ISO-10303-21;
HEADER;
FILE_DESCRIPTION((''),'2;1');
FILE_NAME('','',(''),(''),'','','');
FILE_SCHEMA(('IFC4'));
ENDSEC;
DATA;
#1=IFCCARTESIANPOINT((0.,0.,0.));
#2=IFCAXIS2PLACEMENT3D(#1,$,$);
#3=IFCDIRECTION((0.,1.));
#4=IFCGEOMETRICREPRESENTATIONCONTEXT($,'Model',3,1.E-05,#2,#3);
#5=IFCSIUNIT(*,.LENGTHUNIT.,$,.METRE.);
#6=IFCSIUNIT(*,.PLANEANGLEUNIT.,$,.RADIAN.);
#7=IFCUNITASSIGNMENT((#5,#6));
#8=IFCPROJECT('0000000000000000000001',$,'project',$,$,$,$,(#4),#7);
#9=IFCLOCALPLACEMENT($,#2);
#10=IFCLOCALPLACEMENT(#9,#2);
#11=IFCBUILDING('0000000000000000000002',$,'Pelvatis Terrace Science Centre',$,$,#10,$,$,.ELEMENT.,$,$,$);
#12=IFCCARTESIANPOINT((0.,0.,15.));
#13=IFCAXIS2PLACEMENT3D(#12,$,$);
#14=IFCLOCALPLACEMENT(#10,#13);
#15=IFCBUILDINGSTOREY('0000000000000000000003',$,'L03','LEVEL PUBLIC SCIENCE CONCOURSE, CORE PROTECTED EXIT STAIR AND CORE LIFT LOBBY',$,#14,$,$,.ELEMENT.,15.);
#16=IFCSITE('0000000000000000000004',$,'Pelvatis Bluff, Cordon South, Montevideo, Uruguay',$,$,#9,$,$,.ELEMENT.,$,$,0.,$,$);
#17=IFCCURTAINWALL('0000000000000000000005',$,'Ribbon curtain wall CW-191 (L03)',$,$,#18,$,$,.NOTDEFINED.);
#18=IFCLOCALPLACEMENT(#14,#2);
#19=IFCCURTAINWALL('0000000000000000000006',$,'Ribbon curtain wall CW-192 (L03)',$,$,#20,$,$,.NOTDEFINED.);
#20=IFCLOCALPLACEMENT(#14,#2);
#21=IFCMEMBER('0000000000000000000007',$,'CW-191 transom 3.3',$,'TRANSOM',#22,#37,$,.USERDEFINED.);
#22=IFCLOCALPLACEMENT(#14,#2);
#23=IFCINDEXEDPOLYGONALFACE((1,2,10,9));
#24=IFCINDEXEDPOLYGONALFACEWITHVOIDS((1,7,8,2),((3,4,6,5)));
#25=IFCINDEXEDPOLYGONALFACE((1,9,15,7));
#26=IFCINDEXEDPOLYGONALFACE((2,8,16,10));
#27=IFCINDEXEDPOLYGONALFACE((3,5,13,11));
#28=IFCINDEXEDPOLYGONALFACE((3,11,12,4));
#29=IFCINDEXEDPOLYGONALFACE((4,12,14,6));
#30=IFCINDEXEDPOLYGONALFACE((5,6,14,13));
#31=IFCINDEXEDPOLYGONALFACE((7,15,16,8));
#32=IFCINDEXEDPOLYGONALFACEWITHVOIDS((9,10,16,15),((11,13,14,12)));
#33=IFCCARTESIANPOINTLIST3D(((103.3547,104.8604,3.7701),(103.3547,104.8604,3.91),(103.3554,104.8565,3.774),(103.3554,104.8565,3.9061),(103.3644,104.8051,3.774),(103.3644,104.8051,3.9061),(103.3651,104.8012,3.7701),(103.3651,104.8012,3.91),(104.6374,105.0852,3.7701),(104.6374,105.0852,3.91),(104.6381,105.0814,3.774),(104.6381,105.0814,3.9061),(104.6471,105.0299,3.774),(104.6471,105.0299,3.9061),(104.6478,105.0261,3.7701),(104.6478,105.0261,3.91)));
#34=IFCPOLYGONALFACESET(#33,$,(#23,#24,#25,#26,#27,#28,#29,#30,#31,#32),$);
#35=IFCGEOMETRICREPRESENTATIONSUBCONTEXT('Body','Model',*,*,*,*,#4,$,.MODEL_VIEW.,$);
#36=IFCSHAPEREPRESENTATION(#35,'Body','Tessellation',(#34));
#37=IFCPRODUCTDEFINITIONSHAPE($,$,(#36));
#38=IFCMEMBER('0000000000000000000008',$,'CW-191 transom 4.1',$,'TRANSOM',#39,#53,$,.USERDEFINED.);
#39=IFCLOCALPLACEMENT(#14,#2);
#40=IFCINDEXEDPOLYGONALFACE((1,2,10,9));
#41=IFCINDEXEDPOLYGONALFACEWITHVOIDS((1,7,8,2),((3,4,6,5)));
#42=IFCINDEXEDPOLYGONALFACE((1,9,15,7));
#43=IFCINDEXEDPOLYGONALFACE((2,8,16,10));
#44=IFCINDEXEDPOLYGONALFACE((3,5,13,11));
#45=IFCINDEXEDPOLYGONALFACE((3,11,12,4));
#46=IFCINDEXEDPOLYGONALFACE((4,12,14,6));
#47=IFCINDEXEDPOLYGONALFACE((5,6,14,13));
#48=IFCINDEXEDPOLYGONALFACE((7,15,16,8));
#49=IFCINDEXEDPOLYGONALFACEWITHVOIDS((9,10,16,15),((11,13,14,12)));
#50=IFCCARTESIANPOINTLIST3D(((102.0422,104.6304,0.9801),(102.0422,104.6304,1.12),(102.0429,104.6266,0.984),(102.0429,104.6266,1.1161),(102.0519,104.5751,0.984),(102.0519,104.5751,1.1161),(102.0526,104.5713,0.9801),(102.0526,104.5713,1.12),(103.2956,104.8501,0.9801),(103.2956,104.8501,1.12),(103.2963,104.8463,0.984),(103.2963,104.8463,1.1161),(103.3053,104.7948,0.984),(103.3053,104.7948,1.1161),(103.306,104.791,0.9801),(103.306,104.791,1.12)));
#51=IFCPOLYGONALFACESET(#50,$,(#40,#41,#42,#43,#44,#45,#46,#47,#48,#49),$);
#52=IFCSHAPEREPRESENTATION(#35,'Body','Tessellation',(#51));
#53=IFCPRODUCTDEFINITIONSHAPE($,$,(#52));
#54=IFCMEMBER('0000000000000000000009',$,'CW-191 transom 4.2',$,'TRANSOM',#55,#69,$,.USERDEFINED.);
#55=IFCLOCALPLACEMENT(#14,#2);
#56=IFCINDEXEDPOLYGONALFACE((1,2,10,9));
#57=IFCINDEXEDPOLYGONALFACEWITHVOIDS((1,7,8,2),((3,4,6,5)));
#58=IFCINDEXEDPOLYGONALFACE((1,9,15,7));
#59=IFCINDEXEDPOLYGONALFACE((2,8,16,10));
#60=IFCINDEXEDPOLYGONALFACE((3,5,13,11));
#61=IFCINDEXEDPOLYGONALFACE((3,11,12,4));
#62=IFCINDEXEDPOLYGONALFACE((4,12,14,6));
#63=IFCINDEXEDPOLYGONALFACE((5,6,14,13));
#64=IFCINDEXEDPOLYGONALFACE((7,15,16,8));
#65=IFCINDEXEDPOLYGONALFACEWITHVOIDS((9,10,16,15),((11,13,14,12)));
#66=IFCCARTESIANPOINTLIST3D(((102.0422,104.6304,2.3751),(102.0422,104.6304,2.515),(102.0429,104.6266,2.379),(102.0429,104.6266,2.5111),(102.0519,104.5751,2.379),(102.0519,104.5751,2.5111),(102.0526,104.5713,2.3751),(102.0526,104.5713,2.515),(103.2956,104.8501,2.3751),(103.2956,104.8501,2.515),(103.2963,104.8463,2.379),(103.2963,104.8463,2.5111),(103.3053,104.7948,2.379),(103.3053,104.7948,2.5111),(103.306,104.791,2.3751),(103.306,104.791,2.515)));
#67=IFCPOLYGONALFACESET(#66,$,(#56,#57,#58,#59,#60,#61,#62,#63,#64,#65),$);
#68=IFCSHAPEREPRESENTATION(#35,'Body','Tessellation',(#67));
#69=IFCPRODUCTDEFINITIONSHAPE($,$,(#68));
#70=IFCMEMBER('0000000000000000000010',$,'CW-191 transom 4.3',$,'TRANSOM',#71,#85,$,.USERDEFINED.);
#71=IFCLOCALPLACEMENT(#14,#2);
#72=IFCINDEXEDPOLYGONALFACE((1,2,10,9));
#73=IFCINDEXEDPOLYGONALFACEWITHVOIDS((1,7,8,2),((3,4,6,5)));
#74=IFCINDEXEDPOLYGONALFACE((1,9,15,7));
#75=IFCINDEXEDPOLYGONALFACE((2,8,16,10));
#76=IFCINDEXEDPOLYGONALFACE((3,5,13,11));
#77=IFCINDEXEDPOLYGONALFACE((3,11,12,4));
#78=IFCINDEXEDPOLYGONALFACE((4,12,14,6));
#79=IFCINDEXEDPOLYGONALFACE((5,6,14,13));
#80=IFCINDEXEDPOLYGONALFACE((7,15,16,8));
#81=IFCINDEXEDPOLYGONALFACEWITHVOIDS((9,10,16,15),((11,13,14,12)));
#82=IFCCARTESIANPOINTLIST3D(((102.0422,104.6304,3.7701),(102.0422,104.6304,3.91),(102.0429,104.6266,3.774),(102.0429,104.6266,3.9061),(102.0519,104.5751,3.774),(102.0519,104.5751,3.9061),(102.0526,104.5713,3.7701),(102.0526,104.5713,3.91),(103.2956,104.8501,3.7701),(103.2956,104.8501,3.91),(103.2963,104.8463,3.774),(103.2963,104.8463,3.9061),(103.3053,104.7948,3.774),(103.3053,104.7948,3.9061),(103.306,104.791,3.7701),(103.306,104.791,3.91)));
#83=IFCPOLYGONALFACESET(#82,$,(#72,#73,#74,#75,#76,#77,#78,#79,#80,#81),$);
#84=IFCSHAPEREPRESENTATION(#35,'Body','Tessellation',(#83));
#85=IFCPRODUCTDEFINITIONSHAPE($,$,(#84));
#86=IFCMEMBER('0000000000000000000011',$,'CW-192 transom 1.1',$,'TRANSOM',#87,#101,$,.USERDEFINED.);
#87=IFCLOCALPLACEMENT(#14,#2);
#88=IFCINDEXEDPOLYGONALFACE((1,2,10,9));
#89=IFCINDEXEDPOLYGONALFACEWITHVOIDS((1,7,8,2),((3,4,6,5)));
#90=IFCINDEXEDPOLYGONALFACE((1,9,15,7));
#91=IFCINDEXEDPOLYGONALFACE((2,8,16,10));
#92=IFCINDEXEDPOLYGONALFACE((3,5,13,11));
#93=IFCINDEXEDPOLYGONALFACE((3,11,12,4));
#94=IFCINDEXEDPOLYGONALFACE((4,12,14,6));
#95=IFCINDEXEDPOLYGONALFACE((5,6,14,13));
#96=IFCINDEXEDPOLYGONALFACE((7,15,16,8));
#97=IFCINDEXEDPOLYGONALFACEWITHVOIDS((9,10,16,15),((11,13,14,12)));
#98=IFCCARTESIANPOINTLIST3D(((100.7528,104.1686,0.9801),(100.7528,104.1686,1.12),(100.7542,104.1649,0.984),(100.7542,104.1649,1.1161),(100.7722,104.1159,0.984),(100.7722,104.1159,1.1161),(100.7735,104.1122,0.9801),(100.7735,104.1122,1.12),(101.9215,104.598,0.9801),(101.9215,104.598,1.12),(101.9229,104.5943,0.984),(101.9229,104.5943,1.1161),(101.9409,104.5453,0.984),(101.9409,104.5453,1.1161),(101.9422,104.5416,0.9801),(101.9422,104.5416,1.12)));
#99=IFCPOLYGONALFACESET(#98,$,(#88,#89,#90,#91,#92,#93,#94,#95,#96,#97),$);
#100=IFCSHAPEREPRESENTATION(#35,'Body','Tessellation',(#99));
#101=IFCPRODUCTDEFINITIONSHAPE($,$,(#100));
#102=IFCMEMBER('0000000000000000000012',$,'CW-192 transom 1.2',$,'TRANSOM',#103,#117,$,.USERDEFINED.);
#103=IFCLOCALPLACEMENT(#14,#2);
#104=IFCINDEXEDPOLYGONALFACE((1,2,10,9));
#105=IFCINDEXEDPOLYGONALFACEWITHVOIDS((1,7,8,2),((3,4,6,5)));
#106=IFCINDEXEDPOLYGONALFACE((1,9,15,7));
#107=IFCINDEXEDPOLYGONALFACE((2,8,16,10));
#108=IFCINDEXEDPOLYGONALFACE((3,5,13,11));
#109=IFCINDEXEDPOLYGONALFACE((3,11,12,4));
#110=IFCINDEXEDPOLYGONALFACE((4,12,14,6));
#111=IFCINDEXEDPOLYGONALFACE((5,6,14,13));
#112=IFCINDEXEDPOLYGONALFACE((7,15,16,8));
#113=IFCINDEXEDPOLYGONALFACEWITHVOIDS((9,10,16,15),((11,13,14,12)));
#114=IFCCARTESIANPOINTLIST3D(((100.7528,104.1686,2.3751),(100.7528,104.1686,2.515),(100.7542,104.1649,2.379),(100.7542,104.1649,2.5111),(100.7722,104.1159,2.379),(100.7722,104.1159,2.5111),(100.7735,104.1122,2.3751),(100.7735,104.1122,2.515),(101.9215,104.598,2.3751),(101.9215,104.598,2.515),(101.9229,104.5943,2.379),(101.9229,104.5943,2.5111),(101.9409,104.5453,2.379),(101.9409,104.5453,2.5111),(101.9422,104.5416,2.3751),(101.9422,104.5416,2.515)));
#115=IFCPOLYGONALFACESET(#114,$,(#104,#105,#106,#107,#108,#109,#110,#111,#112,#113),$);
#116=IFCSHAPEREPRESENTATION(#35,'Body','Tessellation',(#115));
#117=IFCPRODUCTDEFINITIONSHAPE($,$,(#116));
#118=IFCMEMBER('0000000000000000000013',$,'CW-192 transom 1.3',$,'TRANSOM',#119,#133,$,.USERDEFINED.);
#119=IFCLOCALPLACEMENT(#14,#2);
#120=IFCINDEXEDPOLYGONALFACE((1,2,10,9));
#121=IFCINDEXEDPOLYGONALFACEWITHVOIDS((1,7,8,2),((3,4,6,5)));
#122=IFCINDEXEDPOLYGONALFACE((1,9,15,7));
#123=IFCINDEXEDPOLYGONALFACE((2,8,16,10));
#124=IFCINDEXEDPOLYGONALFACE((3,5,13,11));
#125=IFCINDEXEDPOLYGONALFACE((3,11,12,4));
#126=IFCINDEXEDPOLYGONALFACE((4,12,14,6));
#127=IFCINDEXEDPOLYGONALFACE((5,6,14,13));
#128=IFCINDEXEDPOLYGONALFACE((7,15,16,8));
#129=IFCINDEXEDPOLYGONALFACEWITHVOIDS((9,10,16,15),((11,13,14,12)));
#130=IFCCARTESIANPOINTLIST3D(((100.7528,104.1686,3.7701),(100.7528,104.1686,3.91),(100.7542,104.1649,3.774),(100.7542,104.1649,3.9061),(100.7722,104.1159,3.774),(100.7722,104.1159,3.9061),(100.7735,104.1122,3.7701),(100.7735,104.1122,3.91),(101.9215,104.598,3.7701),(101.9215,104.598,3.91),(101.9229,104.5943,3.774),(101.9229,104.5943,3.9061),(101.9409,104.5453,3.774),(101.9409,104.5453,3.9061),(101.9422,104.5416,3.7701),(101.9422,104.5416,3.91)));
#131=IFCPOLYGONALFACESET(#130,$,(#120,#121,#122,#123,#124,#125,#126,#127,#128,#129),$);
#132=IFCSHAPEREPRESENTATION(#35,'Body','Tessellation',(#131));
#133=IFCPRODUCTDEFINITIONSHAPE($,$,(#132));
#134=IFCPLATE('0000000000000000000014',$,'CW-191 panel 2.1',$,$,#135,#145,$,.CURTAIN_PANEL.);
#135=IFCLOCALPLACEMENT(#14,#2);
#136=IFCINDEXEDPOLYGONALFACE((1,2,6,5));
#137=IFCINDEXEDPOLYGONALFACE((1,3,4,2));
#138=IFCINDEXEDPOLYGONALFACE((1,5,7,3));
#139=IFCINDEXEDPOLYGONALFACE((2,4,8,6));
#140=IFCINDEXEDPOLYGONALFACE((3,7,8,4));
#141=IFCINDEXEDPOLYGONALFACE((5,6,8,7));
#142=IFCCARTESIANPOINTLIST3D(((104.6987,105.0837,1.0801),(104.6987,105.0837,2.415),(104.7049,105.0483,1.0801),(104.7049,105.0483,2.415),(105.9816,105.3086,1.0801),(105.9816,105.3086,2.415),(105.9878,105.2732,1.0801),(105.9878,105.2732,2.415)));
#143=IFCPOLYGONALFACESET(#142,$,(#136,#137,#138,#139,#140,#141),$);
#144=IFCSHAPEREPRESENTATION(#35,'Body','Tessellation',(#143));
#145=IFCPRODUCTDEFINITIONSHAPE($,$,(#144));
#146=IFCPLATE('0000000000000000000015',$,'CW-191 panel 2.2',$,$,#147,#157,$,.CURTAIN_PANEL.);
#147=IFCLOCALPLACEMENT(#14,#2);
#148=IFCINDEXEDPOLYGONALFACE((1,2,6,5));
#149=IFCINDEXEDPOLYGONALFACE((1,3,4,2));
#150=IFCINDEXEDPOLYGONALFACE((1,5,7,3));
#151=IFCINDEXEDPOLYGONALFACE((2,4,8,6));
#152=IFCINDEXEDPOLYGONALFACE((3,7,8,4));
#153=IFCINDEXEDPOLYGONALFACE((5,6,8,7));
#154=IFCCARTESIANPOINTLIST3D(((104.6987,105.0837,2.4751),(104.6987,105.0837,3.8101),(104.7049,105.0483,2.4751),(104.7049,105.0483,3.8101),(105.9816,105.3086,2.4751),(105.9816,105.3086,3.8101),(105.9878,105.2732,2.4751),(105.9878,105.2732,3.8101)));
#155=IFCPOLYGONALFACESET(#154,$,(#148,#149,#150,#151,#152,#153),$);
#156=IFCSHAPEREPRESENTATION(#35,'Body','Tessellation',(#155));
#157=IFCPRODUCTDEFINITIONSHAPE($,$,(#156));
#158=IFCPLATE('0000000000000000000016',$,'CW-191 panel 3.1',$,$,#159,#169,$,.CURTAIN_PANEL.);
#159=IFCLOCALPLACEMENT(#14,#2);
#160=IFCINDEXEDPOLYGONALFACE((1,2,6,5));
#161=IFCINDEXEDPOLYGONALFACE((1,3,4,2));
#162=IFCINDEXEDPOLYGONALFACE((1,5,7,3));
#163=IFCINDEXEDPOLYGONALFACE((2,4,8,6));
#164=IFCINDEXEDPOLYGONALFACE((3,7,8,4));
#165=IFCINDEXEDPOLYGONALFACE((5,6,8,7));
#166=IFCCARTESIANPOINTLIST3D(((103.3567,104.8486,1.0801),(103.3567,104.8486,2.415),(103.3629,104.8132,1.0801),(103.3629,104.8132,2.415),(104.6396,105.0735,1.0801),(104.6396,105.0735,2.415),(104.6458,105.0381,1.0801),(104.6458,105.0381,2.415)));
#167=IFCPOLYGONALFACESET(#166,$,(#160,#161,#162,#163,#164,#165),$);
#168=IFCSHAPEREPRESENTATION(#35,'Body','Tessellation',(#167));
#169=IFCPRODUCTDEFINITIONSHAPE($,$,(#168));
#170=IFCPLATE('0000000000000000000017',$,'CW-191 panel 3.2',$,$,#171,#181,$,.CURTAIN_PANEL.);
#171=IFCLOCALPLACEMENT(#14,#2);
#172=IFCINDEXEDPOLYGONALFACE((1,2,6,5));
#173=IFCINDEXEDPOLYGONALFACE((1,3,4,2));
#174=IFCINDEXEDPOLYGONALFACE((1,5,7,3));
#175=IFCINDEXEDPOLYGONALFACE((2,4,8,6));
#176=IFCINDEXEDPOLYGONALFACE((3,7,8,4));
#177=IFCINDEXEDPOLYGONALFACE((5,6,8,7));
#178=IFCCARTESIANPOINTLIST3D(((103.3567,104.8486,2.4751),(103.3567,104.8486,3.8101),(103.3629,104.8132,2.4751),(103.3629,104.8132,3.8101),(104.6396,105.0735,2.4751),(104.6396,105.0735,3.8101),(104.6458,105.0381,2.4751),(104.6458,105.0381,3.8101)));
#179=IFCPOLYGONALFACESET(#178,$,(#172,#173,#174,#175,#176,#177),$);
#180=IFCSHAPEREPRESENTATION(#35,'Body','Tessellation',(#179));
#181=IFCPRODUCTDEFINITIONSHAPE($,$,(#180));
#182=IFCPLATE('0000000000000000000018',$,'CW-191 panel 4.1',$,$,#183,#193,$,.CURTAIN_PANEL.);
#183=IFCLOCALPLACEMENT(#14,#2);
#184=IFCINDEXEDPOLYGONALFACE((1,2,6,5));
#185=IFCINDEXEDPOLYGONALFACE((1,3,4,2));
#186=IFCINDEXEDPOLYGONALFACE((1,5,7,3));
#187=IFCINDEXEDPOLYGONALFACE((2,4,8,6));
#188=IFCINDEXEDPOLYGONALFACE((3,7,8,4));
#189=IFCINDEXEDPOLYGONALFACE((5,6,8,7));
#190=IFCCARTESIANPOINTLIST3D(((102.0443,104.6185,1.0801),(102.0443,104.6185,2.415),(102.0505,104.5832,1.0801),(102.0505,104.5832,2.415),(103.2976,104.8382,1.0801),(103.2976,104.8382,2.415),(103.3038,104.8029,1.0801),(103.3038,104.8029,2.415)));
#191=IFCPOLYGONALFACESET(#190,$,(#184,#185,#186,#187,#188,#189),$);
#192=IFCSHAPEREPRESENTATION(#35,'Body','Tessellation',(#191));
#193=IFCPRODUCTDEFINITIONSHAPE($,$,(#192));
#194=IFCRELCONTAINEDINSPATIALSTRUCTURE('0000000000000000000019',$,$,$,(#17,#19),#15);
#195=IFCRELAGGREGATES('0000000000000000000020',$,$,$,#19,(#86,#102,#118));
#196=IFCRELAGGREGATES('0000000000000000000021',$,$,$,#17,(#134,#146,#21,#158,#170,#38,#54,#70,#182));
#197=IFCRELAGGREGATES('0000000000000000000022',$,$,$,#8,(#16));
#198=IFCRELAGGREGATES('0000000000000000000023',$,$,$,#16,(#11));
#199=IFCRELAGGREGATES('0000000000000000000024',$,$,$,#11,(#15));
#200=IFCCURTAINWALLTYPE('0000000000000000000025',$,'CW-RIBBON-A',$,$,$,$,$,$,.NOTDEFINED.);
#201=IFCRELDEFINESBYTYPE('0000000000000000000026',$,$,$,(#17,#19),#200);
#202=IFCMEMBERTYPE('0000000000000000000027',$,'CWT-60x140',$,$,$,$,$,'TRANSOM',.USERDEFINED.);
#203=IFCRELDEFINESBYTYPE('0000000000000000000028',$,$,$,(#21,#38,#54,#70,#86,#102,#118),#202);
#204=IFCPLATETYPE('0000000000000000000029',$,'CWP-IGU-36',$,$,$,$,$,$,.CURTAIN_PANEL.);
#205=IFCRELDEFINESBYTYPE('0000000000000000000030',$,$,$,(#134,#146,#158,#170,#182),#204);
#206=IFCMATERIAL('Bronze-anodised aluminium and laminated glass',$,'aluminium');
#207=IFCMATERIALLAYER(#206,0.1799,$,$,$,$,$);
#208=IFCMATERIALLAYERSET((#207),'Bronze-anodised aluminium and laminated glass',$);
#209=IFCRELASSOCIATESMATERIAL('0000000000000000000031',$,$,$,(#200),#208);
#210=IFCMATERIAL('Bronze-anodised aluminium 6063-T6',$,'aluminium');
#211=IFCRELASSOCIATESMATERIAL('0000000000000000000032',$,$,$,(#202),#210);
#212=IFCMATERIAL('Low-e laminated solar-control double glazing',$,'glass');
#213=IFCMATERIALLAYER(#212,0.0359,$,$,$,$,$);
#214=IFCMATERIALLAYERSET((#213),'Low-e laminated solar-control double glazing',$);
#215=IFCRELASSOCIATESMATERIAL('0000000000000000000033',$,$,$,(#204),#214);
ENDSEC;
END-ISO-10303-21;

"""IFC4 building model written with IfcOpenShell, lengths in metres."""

from ifc_helpers import new_model, si_unit, direction, frame, origin, origin_2d, place, context, subcontext, project, spatial, rectangle, hollow_rectangle, extrude, material, layer, layer_set, material_profile, profile_set, type_object, element, aggregate, save


model = new_model("IFC4")

# Units and contexts
model_context = context("Model", 3, precision=1e-05, world=origin(), true_north=direction((0.0, 1.0)))
body_context = subcontext(model_context, "Body", "Model", "MODEL_VIEW")
ifc_project = project(units=[si_unit("LENGTHUNIT", "METRE"), si_unit("PLANEANGLEUNIT", "RADIAN")], contexts=[model_context])

# Site, building, storey
site_placement = place(None, origin())
site = spatial("IfcSite", under=ifc_project, at=site_placement, Name="Pelvatis Bluff, Cordon South, Montevideo, Uruguay", CompositionType="ELEMENT", RefElevation=0.0)
building_placement = place(site_placement, origin())
building = spatial("IfcBuilding", under=site, at=building_placement, Name="Pelvatis Terrace Science Centre", CompositionType="ELEMENT")
storey_placement = place(building_placement, frame((0.0, 0.0, 15.0)))
storey = spatial("IfcBuildingStorey", under=building, at=storey_placement, Name="L03", Description="LEVEL PUBLIC SCIENCE CONCOURSE, CORE PROTECTED EXIT STAIR AND CORE LIFT LOBBY", CompositionType="ELEMENT", Elevation=15.0)

# Curtain wall
ifc_material_1 = material(Name="Bronze-anodised aluminium and laminated glass", Category="aluminium")
ifc_layer_1 = layer(ifc_material_1, 0.1799)
ifc_layer_set_1 = layer_set([ifc_layer_1], Name="Bronze-anodised aluminium and laminated glass")
curtain_wall_type = type_object("IfcCurtainWallType", Name="CW-RIBBON-A", PredefinedType="NOTDEFINED", material=ifc_layer_set_1)
curtain_wall_1_placement = place(storey_placement, origin())
curtain_wall_1 = element("IfcCurtainWall", 1, at=curtain_wall_1_placement, inside=storey, type_object=curtain_wall_type, Name="Ribbon curtain wall CW-191 (L03)", PredefinedType="NOTDEFINED")

# Curtain wall
curtain_wall_2_placement = place(storey_placement, origin())
curtain_wall_2 = element("IfcCurtainWall", 2, at=curtain_wall_2_placement, inside=storey, type_object=curtain_wall_type, Name="Ribbon curtain wall CW-192 (L03)", PredefinedType="NOTDEFINED")

# Members
ifc_material_2 = material(Name="Bronze-anodised aluminium 6063-T6", Category="aluminium")
ifc_material_profile_1 = material_profile(ifc_material_2, hollow_rectangle(XDim=0.0601, YDim=0.1399, WallThickness=0.0039, at=origin_2d()), Name="ALU-TRN 60x140")
ifc_profile_set_1 = profile_set([ifc_material_profile_1], Name="Bronze-anodised aluminium 6063-T6")
member_type_1 = type_object("IfcMemberType", Name="CWT-60x140", ElementType="TRANSOM", PredefinedType="USERDEFINED", material=ifc_profile_set_1)
member_1_placement = place(storey_placement, frame((104.6426, 105.0557, 3.8401), z_axis=(-0.984981, -0.172662, 0.0), x_axis=(0.172662, -0.984981, 0.0)))
member_1 = element("IfcMember", 3, at=member_1_placement, type_object=member_type_1, Name="CW-191 transom 3.3", ObjectType="TRANSOM", PredefinedType="USERDEFINED", context=body_context, shape_type="SweptSolid", body=[
    extrude(hollow_rectangle(XDim=0.0601, YDim=0.1399, WallThickness=0.0039, at=origin_2d()), origin(), (0.0, 0.0, 1.0), 1.3022),
])
member_2_placement = place(storey_placement, frame((103.3008, 104.8206, 1.05), z_axis=(-0.98498, -0.172669, 0.0), x_axis=(0.172669, -0.98498, 0.0)))
member_2 = element("IfcMember", 4, at=member_2_placement, type_object=member_type_1, Name="CW-191 transom 4.1", ObjectType="TRANSOM", PredefinedType="USERDEFINED", context=body_context, shape_type="SweptSolid", body=[
    extrude(hollow_rectangle(XDim=0.0601, YDim=0.1399, WallThickness=0.0039, at=origin_2d()), origin(), (0.0, 0.0, 1.0), 1.2725),
])
member_3_placement = place(storey_placement, frame((103.3008, 104.8206, 2.4451), z_axis=(-0.98498, -0.172669, 0.0), x_axis=(0.172669, -0.98498, 0.0)))
member_3 = element("IfcMember", 5, at=member_3_placement, type_object=member_type_1, Name="CW-191 transom 4.2", ObjectType="TRANSOM", PredefinedType="USERDEFINED", context=body_context, shape_type="SweptSolid", body=[
    extrude(hollow_rectangle(XDim=0.0601, YDim=0.1399, WallThickness=0.0039, at=origin_2d()), origin(), (0.0, 0.0, 1.0), 1.2725),
])
member_4_placement = place(storey_placement, frame((103.3008, 104.8206, 3.8401), z_axis=(-0.98498, -0.172669, 0.0), x_axis=(0.172669, -0.98498, 0.0)))
member_4 = element("IfcMember", 6, at=member_4_placement, type_object=member_type_1, Name="CW-191 transom 4.3", ObjectType="TRANSOM", PredefinedType="USERDEFINED", context=body_context, shape_type="SweptSolid", body=[
    extrude(hollow_rectangle(XDim=0.0601, YDim=0.1399, WallThickness=0.0039, at=origin_2d()), origin(), (0.0, 0.0, 1.0), 1.2725),
])
member_5_placement = place(storey_placement, frame((101.9319, 104.5698, 1.05), z_axis=(-0.938637, -0.344906, 0.0), x_axis=(0.344906, -0.938637, 0.0)))
member_5 = element("IfcMember", 7, at=member_5_placement, type_object=member_type_1, Name="CW-192 transom 1.1", ObjectType="TRANSOM", PredefinedType="USERDEFINED", context=body_context, shape_type="SweptSolid", body=[
    extrude(hollow_rectangle(XDim=0.0601, YDim=0.1399, WallThickness=0.0039, at=origin_2d()), origin(), (0.0, 0.0, 1.0), 1.2451),
])
member_6_placement = place(storey_placement, frame((101.9319, 104.5698, 2.4451), z_axis=(-0.938637, -0.344906, 0.0), x_axis=(0.344906, -0.938637, 0.0)))
member_6 = element("IfcMember", 8, at=member_6_placement, type_object=member_type_1, Name="CW-192 transom 1.2", ObjectType="TRANSOM", PredefinedType="USERDEFINED", context=body_context, shape_type="SweptSolid", body=[
    extrude(hollow_rectangle(XDim=0.0601, YDim=0.1399, WallThickness=0.0039, at=origin_2d()), origin(), (0.0, 0.0, 1.0), 1.2451),
])
member_7_placement = place(storey_placement, frame((101.9319, 104.5698, 3.8401), z_axis=(-0.938637, -0.344906, 0.0), x_axis=(0.344906, -0.938637, 0.0)))
member_7 = element("IfcMember", 9, at=member_7_placement, type_object=member_type_1, Name="CW-192 transom 1.3", ObjectType="TRANSOM", PredefinedType="USERDEFINED", context=body_context, shape_type="SweptSolid", body=[
    extrude(hollow_rectangle(XDim=0.0601, YDim=0.1399, WallThickness=0.0039, at=origin_2d()), origin(), (0.0, 0.0, 1.0), 1.2451),
])
aggregate(curtain_wall_2, [member_5, member_6, member_7])

# Plates
ifc_material_3 = material(Name="Low-e laminated solar-control double glazing", Category="glass")
ifc_layer_2 = layer(ifc_material_3, 0.0359)
ifc_layer_set_2 = layer_set([ifc_layer_2], Name="Low-e laminated solar-control double glazing")
plate_type = type_object("IfcPlateType", Name="CWP-IGU-36", PredefinedType="CURTAIN_PANEL", material=ifc_layer_set_2)
plate_1_placement = place(storey_placement, frame((105.3433, 105.1785, 1.0801), z_axis=(0.0, 0.0, 1.0), x_axis=(-0.984979, -0.172671, 0.0)))
plate_1 = element("IfcPlate", 10, at=plate_1_placement, type_object=plate_type, Name="CW-191 panel 2.1", PredefinedType="CURTAIN_PANEL", context=body_context, shape_type="SweptSolid", body=[
    extrude(rectangle(XDim=1.3025, YDim=0.0359, at=origin_2d()), origin(), (0.0, 0.0, 1.0), 1.335),
])
plate_2_placement = place(storey_placement, frame((105.3433, 105.1785, 2.4751), z_axis=(0.0, 0.0, 1.0), x_axis=(-0.984979, -0.172671, 0.0)))
plate_2 = element("IfcPlate", 11, at=plate_2_placement, type_object=plate_type, Name="CW-191 panel 2.2", PredefinedType="CURTAIN_PANEL", context=body_context, shape_type="SweptSolid", body=[
    extrude(rectangle(XDim=1.3025, YDim=0.0359, at=origin_2d()), origin(), (0.0, 0.0, 1.0), 1.335),
])
plate_3_placement = place(storey_placement, frame((104.0012, 104.9434, 1.0801), z_axis=(0.0, 0.0, 1.0), x_axis=(-0.984979, -0.172671, 0.0)))
plate_3 = element("IfcPlate", 12, at=plate_3_placement, type_object=plate_type, Name="CW-191 panel 3.1", PredefinedType="CURTAIN_PANEL", context=body_context, shape_type="SweptSolid", body=[
    extrude(rectangle(XDim=1.3025, YDim=0.0359, at=origin_2d()), origin(), (0.0, 0.0, 1.0), 1.335),
])
plate_4_placement = place(storey_placement, frame((104.0012, 104.9434, 2.4751), z_axis=(0.0, 0.0, 1.0), x_axis=(-0.984979, -0.172671, 0.0)))
plate_4 = element("IfcPlate", 13, at=plate_4_placement, type_object=plate_type, Name="CW-191 panel 3.2", PredefinedType="CURTAIN_PANEL", context=body_context, shape_type="SweptSolid", body=[
    extrude(rectangle(XDim=1.3025, YDim=0.0359, at=origin_2d()), origin(), (0.0, 0.0, 1.0), 1.335),
])
plate_5_placement = place(storey_placement, frame((102.6741, 104.7107, 1.0801), z_axis=(0.0, 0.0, 1.0), x_axis=(-0.984979, -0.172671, 0.0)))
plate_5 = element("IfcPlate", 14, at=plate_5_placement, type_object=plate_type, Name="CW-191 panel 4.1", PredefinedType="CURTAIN_PANEL", context=body_context, shape_type="SweptSolid", body=[
    extrude(rectangle(XDim=1.2725, YDim=0.0359, at=origin_2d()), origin(), (0.0, 0.0, 1.0), 1.335),
])
aggregate(curtain_wall_1, [plate_1, plate_2, member_1, plate_3, plate_4, member_2, member_3, member_4, plate_5])

save(model, "model.ifc")
